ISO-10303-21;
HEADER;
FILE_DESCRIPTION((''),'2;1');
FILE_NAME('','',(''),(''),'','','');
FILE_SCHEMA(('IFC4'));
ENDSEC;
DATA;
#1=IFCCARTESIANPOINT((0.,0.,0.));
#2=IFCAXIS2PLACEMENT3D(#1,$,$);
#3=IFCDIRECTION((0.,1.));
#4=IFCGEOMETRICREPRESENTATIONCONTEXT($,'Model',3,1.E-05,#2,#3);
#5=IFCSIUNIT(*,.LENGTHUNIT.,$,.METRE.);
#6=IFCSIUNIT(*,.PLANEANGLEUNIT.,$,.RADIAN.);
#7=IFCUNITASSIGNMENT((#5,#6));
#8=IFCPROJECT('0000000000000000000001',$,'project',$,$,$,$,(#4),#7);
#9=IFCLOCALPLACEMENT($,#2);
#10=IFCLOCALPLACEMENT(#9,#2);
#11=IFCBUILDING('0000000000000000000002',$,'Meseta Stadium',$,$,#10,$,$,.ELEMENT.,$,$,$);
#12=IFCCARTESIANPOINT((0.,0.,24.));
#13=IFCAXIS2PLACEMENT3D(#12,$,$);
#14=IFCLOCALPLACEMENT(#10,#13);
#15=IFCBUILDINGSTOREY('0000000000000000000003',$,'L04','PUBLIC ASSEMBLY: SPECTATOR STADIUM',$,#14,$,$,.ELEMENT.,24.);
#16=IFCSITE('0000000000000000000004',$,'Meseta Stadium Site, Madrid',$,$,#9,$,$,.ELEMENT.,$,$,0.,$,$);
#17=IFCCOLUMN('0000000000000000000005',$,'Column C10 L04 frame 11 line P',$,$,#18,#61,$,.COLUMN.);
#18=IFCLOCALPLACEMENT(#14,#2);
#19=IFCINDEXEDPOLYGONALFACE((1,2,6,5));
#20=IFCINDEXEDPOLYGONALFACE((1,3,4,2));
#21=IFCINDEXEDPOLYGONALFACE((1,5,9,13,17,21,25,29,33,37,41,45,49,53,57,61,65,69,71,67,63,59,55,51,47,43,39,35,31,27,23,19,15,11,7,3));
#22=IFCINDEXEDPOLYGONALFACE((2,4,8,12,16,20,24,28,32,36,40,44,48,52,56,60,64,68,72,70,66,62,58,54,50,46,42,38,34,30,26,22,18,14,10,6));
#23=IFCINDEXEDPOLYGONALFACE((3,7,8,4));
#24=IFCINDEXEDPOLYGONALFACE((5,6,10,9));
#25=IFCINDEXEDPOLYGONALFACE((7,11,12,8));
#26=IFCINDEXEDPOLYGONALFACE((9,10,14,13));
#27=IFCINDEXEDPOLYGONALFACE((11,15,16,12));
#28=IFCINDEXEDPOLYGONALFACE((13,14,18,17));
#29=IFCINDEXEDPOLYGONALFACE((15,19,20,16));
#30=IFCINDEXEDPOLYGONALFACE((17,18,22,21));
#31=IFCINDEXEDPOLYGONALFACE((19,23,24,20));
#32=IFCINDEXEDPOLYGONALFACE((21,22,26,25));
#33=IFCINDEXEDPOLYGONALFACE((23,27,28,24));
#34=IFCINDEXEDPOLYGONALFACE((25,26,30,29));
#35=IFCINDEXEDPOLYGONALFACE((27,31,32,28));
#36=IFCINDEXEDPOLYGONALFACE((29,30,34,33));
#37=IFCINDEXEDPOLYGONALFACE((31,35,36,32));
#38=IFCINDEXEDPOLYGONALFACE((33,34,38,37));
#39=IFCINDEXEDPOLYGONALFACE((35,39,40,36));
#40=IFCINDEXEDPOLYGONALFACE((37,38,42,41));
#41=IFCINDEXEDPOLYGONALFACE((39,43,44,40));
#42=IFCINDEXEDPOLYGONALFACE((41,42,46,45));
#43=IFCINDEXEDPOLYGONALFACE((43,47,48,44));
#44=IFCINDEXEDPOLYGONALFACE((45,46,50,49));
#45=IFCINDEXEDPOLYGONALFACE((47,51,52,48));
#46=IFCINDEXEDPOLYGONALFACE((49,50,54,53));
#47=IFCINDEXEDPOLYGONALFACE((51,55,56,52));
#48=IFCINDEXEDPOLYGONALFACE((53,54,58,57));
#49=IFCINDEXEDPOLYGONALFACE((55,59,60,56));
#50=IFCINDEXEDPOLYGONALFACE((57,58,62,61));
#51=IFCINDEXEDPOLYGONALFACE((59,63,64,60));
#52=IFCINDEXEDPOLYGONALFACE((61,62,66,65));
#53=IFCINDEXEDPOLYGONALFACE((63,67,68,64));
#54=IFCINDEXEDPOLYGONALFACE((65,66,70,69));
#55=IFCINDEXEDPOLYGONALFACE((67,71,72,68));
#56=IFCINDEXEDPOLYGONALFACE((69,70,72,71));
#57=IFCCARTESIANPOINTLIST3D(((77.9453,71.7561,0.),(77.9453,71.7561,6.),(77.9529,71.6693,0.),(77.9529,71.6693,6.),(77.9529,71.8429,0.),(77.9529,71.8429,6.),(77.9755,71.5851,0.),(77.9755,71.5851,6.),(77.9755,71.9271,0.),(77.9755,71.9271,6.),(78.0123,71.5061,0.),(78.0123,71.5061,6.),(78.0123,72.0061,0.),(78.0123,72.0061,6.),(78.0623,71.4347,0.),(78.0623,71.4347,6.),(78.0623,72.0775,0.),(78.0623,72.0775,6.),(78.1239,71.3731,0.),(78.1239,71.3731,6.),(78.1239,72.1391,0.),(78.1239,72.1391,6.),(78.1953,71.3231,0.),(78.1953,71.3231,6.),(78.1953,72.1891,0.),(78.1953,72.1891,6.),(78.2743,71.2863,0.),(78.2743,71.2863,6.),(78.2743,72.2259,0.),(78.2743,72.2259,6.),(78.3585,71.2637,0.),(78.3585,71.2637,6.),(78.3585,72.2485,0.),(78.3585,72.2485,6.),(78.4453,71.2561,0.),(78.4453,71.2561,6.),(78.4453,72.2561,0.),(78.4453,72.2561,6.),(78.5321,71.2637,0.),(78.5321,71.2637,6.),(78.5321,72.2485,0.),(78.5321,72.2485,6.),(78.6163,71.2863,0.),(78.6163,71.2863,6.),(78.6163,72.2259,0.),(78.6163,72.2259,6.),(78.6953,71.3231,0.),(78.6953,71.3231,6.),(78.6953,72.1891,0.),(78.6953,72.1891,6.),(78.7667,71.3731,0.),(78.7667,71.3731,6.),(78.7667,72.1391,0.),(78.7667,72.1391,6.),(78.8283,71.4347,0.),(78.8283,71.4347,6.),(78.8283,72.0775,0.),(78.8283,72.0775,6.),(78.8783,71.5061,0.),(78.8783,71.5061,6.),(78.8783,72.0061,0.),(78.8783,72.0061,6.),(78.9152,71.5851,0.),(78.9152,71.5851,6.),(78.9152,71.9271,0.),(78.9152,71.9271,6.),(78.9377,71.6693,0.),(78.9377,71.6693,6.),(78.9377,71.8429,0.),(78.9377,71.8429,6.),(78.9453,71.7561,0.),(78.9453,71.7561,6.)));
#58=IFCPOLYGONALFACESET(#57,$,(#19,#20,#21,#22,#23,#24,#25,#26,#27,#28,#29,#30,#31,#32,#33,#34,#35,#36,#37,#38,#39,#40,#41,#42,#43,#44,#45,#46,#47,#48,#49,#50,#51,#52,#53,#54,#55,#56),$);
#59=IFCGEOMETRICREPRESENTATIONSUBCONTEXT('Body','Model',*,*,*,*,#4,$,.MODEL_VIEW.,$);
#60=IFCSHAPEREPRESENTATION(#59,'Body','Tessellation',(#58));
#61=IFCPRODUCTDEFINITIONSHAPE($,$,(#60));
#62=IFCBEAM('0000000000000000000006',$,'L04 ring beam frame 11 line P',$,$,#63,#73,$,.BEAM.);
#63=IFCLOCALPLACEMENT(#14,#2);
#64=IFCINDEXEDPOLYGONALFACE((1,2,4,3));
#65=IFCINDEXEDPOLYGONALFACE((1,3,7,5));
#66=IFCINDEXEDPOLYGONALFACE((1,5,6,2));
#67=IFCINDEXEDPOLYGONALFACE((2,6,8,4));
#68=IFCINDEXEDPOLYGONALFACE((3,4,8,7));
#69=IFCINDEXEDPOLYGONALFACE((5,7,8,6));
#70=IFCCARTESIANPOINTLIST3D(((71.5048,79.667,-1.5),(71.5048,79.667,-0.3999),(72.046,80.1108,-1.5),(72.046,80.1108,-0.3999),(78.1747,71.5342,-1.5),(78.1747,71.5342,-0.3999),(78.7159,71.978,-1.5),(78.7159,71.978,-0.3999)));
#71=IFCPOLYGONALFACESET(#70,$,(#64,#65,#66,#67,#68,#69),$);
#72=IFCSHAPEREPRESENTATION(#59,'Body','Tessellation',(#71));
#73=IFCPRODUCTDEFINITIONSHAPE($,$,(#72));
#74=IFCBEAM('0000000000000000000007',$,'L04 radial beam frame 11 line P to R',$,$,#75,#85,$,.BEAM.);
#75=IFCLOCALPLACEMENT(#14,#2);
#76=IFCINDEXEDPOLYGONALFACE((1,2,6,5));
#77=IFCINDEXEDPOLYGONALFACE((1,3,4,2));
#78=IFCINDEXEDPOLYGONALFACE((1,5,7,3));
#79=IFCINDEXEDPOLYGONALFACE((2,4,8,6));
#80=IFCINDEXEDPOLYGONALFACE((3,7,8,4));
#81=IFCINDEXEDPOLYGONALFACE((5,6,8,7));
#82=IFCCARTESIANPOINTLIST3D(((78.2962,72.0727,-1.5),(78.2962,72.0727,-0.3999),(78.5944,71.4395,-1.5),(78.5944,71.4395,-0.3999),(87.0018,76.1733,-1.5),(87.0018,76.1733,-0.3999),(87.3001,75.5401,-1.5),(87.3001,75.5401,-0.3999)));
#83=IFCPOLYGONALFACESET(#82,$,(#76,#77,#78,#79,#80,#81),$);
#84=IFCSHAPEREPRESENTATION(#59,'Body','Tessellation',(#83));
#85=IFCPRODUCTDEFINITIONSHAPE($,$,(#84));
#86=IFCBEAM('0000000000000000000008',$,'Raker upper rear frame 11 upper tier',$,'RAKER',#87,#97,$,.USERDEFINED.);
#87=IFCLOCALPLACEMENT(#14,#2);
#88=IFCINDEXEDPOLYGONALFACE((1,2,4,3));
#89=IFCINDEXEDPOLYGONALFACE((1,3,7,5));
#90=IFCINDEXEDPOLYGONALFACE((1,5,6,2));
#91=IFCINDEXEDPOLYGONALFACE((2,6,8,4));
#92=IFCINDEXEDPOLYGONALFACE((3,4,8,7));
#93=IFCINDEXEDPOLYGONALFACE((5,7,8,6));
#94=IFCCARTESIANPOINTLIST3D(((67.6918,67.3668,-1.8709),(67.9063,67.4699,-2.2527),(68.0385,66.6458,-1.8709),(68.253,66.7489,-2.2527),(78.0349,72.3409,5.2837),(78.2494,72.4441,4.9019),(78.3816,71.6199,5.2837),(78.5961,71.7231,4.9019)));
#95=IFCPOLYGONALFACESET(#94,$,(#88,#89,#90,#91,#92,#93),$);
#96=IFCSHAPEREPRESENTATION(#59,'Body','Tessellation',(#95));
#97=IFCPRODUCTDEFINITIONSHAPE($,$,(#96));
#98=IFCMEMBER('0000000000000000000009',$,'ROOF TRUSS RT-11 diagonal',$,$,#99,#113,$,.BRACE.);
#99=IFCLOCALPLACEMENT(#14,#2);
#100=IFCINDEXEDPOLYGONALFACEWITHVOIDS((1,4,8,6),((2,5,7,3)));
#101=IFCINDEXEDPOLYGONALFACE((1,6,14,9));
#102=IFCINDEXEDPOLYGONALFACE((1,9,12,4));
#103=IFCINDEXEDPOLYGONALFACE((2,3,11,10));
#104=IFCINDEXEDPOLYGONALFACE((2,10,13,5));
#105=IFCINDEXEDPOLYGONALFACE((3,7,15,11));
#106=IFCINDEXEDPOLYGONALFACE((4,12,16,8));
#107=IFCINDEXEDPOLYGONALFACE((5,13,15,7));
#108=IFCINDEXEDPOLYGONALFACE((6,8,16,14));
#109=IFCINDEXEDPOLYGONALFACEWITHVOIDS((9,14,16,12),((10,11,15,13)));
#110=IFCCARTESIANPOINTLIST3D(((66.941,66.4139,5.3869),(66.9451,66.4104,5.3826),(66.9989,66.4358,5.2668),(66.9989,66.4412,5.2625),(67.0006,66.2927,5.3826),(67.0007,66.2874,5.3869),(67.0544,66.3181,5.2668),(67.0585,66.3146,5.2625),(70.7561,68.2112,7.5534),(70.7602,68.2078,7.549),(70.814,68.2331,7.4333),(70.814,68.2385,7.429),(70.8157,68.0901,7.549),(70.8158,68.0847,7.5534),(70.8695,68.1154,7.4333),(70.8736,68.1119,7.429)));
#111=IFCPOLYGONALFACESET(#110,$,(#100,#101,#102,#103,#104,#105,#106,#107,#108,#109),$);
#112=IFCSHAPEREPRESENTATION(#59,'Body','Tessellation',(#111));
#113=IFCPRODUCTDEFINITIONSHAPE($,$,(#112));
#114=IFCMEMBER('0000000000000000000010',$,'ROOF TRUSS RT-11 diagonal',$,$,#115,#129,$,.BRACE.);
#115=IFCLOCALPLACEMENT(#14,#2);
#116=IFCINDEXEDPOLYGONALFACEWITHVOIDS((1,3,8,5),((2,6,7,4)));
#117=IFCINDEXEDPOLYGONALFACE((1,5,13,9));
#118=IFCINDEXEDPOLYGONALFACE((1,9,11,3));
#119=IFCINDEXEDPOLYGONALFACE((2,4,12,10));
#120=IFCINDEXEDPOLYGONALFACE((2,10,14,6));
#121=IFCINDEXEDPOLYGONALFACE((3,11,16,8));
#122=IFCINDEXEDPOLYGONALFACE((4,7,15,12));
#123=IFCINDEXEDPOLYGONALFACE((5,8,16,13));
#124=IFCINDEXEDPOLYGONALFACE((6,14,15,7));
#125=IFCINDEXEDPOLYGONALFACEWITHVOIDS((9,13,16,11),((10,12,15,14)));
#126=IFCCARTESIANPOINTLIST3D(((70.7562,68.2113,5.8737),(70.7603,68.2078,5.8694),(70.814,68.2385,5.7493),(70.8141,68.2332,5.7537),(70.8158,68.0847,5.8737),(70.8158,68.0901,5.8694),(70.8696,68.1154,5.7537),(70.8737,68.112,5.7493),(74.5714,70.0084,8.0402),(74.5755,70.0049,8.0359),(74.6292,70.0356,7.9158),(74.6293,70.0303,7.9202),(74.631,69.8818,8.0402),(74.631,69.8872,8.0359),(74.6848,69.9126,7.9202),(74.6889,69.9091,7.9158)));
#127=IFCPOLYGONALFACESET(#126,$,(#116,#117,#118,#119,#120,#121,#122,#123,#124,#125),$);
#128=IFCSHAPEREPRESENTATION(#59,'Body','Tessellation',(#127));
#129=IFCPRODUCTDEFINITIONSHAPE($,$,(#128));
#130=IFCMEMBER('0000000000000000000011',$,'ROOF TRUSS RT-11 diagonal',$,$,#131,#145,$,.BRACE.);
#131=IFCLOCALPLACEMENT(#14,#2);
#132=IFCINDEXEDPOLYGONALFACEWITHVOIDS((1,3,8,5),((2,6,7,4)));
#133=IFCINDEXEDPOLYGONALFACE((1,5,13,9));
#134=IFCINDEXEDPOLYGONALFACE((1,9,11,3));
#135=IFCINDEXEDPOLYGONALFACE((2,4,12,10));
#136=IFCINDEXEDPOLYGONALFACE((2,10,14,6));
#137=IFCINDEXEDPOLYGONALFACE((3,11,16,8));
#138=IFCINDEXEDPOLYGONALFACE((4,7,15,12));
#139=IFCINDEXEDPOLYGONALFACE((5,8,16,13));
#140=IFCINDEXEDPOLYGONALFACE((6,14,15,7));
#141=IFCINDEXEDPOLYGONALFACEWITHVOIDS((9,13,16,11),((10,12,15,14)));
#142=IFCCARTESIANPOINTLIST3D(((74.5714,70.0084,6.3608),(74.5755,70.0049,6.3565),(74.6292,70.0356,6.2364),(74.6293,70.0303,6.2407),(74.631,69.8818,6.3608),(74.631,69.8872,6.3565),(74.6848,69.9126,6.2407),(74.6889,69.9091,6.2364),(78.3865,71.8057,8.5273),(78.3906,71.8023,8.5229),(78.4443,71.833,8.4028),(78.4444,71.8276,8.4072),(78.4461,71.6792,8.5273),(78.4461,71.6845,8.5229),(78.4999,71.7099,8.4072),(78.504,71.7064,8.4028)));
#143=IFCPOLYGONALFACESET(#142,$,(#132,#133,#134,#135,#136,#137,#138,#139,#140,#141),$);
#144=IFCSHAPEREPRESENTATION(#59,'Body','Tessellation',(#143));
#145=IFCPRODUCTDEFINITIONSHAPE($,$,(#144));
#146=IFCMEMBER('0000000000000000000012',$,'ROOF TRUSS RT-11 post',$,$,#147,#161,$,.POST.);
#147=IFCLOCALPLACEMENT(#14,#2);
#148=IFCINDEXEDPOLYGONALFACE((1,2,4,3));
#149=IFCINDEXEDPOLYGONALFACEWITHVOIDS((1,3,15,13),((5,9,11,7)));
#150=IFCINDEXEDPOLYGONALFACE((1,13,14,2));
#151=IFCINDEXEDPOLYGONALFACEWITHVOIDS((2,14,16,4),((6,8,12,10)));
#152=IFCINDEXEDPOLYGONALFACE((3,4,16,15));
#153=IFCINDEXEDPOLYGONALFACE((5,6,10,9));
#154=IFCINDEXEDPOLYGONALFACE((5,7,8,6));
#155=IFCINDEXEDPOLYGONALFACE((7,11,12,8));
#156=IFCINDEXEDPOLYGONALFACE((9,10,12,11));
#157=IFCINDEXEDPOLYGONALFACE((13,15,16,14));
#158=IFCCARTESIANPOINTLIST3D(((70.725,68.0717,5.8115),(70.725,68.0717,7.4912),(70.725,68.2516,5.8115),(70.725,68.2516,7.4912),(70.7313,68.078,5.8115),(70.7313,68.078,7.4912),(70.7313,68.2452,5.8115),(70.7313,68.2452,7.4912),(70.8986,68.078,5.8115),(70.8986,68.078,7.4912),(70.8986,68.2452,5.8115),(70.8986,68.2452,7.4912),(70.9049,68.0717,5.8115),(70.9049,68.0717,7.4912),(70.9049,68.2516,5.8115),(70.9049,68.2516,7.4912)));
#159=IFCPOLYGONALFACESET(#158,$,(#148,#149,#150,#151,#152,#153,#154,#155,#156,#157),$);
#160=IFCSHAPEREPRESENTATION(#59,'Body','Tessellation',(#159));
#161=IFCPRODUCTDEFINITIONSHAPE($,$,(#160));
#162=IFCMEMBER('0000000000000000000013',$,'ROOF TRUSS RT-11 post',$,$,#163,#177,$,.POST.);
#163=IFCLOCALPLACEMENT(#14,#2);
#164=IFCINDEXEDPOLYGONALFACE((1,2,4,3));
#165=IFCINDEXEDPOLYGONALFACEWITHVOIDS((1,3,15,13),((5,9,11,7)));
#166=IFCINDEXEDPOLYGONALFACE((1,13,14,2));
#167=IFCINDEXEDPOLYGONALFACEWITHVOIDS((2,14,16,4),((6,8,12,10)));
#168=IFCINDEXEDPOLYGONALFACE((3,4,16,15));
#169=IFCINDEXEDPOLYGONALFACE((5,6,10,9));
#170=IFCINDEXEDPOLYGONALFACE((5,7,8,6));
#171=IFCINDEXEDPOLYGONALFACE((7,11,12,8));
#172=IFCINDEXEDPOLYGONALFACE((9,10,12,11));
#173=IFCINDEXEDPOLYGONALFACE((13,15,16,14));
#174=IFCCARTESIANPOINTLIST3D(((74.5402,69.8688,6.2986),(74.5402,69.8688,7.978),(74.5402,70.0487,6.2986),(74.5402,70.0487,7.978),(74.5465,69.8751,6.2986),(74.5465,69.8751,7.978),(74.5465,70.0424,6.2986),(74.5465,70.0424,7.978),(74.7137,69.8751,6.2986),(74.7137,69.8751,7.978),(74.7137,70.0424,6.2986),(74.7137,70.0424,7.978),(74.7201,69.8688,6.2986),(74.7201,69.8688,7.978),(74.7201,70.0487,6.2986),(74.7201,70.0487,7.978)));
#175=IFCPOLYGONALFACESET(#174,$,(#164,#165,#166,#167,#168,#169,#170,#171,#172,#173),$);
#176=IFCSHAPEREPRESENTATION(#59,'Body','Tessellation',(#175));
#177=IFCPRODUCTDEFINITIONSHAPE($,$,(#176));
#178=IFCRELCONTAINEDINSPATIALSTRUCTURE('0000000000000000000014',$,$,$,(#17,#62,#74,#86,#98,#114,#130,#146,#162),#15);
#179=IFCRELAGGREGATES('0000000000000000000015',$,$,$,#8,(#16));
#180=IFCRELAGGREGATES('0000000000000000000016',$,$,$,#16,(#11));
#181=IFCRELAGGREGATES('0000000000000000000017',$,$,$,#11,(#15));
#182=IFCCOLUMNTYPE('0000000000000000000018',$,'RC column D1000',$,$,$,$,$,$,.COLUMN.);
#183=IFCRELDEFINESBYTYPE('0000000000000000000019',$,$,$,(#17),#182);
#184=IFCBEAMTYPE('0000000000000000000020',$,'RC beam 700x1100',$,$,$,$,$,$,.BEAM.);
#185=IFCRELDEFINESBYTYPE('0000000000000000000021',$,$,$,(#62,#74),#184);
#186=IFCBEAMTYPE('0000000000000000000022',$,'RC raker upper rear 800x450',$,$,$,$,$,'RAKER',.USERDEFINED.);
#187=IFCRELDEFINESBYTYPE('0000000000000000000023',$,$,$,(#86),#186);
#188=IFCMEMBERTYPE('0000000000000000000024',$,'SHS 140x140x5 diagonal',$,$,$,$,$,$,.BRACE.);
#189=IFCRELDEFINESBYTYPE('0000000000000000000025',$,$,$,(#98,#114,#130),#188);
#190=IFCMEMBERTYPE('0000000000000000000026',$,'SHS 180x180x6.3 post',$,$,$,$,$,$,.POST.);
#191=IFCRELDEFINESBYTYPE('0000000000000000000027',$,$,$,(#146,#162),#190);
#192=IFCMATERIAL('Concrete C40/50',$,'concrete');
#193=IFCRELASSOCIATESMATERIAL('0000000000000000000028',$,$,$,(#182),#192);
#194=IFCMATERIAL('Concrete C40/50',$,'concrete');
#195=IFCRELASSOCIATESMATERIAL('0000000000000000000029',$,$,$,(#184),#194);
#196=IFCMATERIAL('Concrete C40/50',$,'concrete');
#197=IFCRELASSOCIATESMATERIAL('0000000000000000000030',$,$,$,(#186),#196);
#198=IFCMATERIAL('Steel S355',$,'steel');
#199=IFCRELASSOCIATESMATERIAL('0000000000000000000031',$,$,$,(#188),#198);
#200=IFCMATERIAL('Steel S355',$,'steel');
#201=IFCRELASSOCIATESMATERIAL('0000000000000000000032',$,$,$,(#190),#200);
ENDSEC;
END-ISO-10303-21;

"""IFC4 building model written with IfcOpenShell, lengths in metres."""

from ifc_helpers import new_model, si_unit, direction, frame, origin, origin_2d, place, context, subcontext, project, spatial, rectangle, hollow_rectangle, circle, extrude, material, material_profile, profile_set, type_object, element, save


model = new_model("IFC4")

# Units and contexts
model_context = context("Model", 3, precision=1e-05, world=origin(), true_north=direction((0.0, 1.0)))
body_context = subcontext(model_context, "Body", "Model", "MODEL_VIEW")
ifc_project = project(units=[si_unit("LENGTHUNIT", "METRE"), si_unit("PLANEANGLEUNIT", "RADIAN")], contexts=[model_context])

# Site, building, storey
site_placement = place(None, origin())
site = spatial("IfcSite", under=ifc_project, at=site_placement, Name="Meseta Stadium Site, Madrid", CompositionType="ELEMENT", RefElevation=0.0)
building_placement = place(site_placement, origin())
building = spatial("IfcBuilding", under=site, at=building_placement, Name="Meseta Stadium", CompositionType="ELEMENT")
storey_placement = place(building_placement, frame((0.0, 0.0, 24.0)))
storey = spatial("IfcBuildingStorey", under=building, at=storey_placement, Name="L04", Description="PUBLIC ASSEMBLY: SPECTATOR STADIUM", CompositionType="ELEMENT", Elevation=24.0)

# Column
ifc_material_1 = material(Name="Concrete C40/50", Category="concrete")
ifc_material_profile_1 = material_profile(ifc_material_1, circle(Radius=0.5, at=origin_2d()), Name="RC D1000")
ifc_profile_set_1 = profile_set([ifc_material_profile_1], Name="Concrete C40/50")
column_type = type_object("IfcColumnType", Name="RC column D1000", PredefinedType="COLUMN", material=ifc_profile_set_1)
column_placement = place(storey_placement, frame((78.4453, 71.7561, 0.0), z_axis=(0.0, 0.0, 1.0), x_axis=(1.0, 0.0, 0.0)))
element("IfcColumn", 1, at=column_placement, inside=storey, type_object=column_type, Name="Column C10 L04 frame 11 line P", PredefinedType="COLUMN", context=body_context, shape_type="SweptSolid", body=[
    extrude(circle(Radius=0.5, at=origin_2d()), origin(), (0.0, 0.0, 1.0), 6.0),
])

# Beams
ifc_material_2 = material(Name="Concrete C40/50", Category="concrete")
ifc_material_profile_2 = material_profile(ifc_material_2, rectangle(XDim=0.7, YDim=1.1001, at=origin_2d()), Name="RC 700x1100")
ifc_profile_set_2 = profile_set([ifc_material_profile_2], Name="Concrete C40/50")
beam_type_1 = type_object("IfcBeamType", Name="RC beam 700x1100", PredefinedType="BEAM", material=ifc_profile_set_2)
beam_1_placement = place(storey_placement, frame((78.4453, 71.7561, -0.95), z_axis=(-0.634137, 0.77322, 0.0), x_axis=(-0.77322, -0.634137, 0.0)))
element("IfcBeam", 2, at=beam_1_placement, inside=storey, type_object=beam_type_1, Name="L04 ring beam frame 11 line P", PredefinedType="BEAM", context=body_context, shape_type="SweptSolid", body=[
    extrude(rectangle(XDim=0.7, YDim=1.1001, at=origin_2d()), origin(), (0.0, 0.0, 1.0), 10.5181),
])
beam_2_placement = place(storey_placement, frame((78.4453, 71.7561, -0.95), z_axis=(0.904665, 0.426124, 0.0), x_axis=(-0.426124, 0.904665, 0.0)))
element("IfcBeam", 3, at=beam_2_placement, inside=storey, type_object=beam_type_1, Name="L04 radial beam frame 11 line P to R", PredefinedType="BEAM", context=body_context, shape_type="SweptSolid", body=[
    extrude(rectangle(XDim=0.7, YDim=1.1001, at=origin_2d()), origin(), (0.0, 0.0, 1.0), 9.623),
])
ifc_material_3 = material(Name="Concrete C40/50", Category="concrete")
ifc_material_profile_3 = material_profile(ifc_material_3, rectangle(XDim=0.8, YDim=0.45, at=origin_2d()), Name="RC 800x450")
ifc_profile_set_3 = profile_set([ifc_material_profile_3], Name="Concrete C40/50")
beam_type_2 = type_object("IfcBeamType", Name="RC raker upper rear 800x450", ElementType="RAKER", PredefinedType="USERDEFINED", material=ifc_profile_set_3)
beam_3_placement = place(storey_placement, frame((67.9724, 67.0579, -2.0618), z_axis=(0.764771, 0.367791, 0.529013), x_axis=(-0.433402, 0.901201, 0.0)))
element("IfcBeam", 4, at=beam_3_placement, inside=storey, type_object=beam_type_2, Name="Raker upper rear frame 11 upper tier", ObjectType="RAKER", PredefinedType="USERDEFINED", context=body_context, shape_type="SweptSolid", body=[
    extrude(rectangle(XDim=0.8, YDim=0.45, at=origin_2d()), origin(), (0.0, 0.0, 1.0), 13.5244),
])

# Members
ifc_material_4 = material(Name="Steel S355", Category="steel")
ifc_material_profile_4 = material_profile(ifc_material_4, hollow_rectangle(XDim=0.1399, YDim=0.1399, WallThickness=0.0049, at=origin_2d()), Name="SHS 140x140x5")
ifc_profile_set_4 = profile_set([ifc_material_profile_4], Name="Steel S355")
member_type_1 = type_object("IfcMemberType", Name="SHS 140x140x5 diagonal", PredefinedType="BRACE", material=ifc_profile_set_4)
for number, where, z_axis, x_axis, name in (
    (5, (66.9998, 66.3643, 5.3247), (0.804671, 0.379087, 0.456943), (-0.426182, 0.904638, 0.0), "ROOF TRUSS RT-11 diagonal"),
    (6, (70.8149, 68.1616, 5.8115), (0.804687, 0.379043, 0.456952), (-0.426134, 0.90466, 0.0), "ROOF TRUSS RT-11 diagonal"),
    (7, (74.6301, 69.9587, 6.2986), (0.804671, 0.379087, 0.456943), (-0.426182, 0.904638, 0.0), "ROOF TRUSS RT-11 diagonal"),
):
    element("IfcMember", number, at=place(storey_placement, frame(where, z_axis=z_axis, x_axis=x_axis)), inside=storey, type_object=member_type_1, Name=name, PredefinedType="BRACE", context=body_context, shape_type="SweptSolid", body=[
        extrude(hollow_rectangle(XDim=0.1399, YDim=0.1399, WallThickness=0.0049, at=origin_2d()), origin(), (0.0, 0.0, 1.0), 4.7412),
    ])
ifc_material_5 = material(Name="Steel S355", Category="steel")
ifc_material_profile_5 = material_profile(ifc_material_5, hollow_rectangle(XDim=0.1799, YDim=0.1799, WallThickness=0.0063, at=origin_2d()), Name="SHS 180x180x6.3")
ifc_profile_set_5 = profile_set([ifc_material_profile_5], Name="Steel S355")
member_type_2 = type_object("IfcMemberType", Name="SHS 180x180x6.3 post", PredefinedType="POST", material=ifc_profile_set_5)
member_1_placement = place(storey_placement, frame((70.8149, 68.1616, 5.8115), z_axis=(0.0, 0.0, 1.0), x_axis=(1.0, 0.0, 0.0)))
element("IfcMember", 8, at=member_1_placement, inside=storey, type_object=member_type_2, Name="ROOF TRUSS RT-11 post", PredefinedType="POST", context=body_context, shape_type="SweptSolid", body=[
    extrude(hollow_rectangle(XDim=0.1799, YDim=0.1799, WallThickness=0.0063, at=origin_2d()), origin(), (0.0, 0.0, 1.0), 1.6797),
])
member_2_placement = place(storey_placement, frame((74.6301, 69.9587, 6.2986), z_axis=(0.0, 0.0, 1.0), x_axis=(1.0, 0.0, 0.0)))
element("IfcMember", 9, at=member_2_placement, inside=storey, type_object=member_type_2, Name="ROOF TRUSS RT-11 post", PredefinedType="POST", context=body_context, shape_type="SweptSolid", body=[
    extrude(hollow_rectangle(XDim=0.1799, YDim=0.1799, WallThickness=0.0063, at=origin_2d()), origin(), (0.0, 0.0, 1.0), 1.6794),
])

save(model, "model.ifc")
